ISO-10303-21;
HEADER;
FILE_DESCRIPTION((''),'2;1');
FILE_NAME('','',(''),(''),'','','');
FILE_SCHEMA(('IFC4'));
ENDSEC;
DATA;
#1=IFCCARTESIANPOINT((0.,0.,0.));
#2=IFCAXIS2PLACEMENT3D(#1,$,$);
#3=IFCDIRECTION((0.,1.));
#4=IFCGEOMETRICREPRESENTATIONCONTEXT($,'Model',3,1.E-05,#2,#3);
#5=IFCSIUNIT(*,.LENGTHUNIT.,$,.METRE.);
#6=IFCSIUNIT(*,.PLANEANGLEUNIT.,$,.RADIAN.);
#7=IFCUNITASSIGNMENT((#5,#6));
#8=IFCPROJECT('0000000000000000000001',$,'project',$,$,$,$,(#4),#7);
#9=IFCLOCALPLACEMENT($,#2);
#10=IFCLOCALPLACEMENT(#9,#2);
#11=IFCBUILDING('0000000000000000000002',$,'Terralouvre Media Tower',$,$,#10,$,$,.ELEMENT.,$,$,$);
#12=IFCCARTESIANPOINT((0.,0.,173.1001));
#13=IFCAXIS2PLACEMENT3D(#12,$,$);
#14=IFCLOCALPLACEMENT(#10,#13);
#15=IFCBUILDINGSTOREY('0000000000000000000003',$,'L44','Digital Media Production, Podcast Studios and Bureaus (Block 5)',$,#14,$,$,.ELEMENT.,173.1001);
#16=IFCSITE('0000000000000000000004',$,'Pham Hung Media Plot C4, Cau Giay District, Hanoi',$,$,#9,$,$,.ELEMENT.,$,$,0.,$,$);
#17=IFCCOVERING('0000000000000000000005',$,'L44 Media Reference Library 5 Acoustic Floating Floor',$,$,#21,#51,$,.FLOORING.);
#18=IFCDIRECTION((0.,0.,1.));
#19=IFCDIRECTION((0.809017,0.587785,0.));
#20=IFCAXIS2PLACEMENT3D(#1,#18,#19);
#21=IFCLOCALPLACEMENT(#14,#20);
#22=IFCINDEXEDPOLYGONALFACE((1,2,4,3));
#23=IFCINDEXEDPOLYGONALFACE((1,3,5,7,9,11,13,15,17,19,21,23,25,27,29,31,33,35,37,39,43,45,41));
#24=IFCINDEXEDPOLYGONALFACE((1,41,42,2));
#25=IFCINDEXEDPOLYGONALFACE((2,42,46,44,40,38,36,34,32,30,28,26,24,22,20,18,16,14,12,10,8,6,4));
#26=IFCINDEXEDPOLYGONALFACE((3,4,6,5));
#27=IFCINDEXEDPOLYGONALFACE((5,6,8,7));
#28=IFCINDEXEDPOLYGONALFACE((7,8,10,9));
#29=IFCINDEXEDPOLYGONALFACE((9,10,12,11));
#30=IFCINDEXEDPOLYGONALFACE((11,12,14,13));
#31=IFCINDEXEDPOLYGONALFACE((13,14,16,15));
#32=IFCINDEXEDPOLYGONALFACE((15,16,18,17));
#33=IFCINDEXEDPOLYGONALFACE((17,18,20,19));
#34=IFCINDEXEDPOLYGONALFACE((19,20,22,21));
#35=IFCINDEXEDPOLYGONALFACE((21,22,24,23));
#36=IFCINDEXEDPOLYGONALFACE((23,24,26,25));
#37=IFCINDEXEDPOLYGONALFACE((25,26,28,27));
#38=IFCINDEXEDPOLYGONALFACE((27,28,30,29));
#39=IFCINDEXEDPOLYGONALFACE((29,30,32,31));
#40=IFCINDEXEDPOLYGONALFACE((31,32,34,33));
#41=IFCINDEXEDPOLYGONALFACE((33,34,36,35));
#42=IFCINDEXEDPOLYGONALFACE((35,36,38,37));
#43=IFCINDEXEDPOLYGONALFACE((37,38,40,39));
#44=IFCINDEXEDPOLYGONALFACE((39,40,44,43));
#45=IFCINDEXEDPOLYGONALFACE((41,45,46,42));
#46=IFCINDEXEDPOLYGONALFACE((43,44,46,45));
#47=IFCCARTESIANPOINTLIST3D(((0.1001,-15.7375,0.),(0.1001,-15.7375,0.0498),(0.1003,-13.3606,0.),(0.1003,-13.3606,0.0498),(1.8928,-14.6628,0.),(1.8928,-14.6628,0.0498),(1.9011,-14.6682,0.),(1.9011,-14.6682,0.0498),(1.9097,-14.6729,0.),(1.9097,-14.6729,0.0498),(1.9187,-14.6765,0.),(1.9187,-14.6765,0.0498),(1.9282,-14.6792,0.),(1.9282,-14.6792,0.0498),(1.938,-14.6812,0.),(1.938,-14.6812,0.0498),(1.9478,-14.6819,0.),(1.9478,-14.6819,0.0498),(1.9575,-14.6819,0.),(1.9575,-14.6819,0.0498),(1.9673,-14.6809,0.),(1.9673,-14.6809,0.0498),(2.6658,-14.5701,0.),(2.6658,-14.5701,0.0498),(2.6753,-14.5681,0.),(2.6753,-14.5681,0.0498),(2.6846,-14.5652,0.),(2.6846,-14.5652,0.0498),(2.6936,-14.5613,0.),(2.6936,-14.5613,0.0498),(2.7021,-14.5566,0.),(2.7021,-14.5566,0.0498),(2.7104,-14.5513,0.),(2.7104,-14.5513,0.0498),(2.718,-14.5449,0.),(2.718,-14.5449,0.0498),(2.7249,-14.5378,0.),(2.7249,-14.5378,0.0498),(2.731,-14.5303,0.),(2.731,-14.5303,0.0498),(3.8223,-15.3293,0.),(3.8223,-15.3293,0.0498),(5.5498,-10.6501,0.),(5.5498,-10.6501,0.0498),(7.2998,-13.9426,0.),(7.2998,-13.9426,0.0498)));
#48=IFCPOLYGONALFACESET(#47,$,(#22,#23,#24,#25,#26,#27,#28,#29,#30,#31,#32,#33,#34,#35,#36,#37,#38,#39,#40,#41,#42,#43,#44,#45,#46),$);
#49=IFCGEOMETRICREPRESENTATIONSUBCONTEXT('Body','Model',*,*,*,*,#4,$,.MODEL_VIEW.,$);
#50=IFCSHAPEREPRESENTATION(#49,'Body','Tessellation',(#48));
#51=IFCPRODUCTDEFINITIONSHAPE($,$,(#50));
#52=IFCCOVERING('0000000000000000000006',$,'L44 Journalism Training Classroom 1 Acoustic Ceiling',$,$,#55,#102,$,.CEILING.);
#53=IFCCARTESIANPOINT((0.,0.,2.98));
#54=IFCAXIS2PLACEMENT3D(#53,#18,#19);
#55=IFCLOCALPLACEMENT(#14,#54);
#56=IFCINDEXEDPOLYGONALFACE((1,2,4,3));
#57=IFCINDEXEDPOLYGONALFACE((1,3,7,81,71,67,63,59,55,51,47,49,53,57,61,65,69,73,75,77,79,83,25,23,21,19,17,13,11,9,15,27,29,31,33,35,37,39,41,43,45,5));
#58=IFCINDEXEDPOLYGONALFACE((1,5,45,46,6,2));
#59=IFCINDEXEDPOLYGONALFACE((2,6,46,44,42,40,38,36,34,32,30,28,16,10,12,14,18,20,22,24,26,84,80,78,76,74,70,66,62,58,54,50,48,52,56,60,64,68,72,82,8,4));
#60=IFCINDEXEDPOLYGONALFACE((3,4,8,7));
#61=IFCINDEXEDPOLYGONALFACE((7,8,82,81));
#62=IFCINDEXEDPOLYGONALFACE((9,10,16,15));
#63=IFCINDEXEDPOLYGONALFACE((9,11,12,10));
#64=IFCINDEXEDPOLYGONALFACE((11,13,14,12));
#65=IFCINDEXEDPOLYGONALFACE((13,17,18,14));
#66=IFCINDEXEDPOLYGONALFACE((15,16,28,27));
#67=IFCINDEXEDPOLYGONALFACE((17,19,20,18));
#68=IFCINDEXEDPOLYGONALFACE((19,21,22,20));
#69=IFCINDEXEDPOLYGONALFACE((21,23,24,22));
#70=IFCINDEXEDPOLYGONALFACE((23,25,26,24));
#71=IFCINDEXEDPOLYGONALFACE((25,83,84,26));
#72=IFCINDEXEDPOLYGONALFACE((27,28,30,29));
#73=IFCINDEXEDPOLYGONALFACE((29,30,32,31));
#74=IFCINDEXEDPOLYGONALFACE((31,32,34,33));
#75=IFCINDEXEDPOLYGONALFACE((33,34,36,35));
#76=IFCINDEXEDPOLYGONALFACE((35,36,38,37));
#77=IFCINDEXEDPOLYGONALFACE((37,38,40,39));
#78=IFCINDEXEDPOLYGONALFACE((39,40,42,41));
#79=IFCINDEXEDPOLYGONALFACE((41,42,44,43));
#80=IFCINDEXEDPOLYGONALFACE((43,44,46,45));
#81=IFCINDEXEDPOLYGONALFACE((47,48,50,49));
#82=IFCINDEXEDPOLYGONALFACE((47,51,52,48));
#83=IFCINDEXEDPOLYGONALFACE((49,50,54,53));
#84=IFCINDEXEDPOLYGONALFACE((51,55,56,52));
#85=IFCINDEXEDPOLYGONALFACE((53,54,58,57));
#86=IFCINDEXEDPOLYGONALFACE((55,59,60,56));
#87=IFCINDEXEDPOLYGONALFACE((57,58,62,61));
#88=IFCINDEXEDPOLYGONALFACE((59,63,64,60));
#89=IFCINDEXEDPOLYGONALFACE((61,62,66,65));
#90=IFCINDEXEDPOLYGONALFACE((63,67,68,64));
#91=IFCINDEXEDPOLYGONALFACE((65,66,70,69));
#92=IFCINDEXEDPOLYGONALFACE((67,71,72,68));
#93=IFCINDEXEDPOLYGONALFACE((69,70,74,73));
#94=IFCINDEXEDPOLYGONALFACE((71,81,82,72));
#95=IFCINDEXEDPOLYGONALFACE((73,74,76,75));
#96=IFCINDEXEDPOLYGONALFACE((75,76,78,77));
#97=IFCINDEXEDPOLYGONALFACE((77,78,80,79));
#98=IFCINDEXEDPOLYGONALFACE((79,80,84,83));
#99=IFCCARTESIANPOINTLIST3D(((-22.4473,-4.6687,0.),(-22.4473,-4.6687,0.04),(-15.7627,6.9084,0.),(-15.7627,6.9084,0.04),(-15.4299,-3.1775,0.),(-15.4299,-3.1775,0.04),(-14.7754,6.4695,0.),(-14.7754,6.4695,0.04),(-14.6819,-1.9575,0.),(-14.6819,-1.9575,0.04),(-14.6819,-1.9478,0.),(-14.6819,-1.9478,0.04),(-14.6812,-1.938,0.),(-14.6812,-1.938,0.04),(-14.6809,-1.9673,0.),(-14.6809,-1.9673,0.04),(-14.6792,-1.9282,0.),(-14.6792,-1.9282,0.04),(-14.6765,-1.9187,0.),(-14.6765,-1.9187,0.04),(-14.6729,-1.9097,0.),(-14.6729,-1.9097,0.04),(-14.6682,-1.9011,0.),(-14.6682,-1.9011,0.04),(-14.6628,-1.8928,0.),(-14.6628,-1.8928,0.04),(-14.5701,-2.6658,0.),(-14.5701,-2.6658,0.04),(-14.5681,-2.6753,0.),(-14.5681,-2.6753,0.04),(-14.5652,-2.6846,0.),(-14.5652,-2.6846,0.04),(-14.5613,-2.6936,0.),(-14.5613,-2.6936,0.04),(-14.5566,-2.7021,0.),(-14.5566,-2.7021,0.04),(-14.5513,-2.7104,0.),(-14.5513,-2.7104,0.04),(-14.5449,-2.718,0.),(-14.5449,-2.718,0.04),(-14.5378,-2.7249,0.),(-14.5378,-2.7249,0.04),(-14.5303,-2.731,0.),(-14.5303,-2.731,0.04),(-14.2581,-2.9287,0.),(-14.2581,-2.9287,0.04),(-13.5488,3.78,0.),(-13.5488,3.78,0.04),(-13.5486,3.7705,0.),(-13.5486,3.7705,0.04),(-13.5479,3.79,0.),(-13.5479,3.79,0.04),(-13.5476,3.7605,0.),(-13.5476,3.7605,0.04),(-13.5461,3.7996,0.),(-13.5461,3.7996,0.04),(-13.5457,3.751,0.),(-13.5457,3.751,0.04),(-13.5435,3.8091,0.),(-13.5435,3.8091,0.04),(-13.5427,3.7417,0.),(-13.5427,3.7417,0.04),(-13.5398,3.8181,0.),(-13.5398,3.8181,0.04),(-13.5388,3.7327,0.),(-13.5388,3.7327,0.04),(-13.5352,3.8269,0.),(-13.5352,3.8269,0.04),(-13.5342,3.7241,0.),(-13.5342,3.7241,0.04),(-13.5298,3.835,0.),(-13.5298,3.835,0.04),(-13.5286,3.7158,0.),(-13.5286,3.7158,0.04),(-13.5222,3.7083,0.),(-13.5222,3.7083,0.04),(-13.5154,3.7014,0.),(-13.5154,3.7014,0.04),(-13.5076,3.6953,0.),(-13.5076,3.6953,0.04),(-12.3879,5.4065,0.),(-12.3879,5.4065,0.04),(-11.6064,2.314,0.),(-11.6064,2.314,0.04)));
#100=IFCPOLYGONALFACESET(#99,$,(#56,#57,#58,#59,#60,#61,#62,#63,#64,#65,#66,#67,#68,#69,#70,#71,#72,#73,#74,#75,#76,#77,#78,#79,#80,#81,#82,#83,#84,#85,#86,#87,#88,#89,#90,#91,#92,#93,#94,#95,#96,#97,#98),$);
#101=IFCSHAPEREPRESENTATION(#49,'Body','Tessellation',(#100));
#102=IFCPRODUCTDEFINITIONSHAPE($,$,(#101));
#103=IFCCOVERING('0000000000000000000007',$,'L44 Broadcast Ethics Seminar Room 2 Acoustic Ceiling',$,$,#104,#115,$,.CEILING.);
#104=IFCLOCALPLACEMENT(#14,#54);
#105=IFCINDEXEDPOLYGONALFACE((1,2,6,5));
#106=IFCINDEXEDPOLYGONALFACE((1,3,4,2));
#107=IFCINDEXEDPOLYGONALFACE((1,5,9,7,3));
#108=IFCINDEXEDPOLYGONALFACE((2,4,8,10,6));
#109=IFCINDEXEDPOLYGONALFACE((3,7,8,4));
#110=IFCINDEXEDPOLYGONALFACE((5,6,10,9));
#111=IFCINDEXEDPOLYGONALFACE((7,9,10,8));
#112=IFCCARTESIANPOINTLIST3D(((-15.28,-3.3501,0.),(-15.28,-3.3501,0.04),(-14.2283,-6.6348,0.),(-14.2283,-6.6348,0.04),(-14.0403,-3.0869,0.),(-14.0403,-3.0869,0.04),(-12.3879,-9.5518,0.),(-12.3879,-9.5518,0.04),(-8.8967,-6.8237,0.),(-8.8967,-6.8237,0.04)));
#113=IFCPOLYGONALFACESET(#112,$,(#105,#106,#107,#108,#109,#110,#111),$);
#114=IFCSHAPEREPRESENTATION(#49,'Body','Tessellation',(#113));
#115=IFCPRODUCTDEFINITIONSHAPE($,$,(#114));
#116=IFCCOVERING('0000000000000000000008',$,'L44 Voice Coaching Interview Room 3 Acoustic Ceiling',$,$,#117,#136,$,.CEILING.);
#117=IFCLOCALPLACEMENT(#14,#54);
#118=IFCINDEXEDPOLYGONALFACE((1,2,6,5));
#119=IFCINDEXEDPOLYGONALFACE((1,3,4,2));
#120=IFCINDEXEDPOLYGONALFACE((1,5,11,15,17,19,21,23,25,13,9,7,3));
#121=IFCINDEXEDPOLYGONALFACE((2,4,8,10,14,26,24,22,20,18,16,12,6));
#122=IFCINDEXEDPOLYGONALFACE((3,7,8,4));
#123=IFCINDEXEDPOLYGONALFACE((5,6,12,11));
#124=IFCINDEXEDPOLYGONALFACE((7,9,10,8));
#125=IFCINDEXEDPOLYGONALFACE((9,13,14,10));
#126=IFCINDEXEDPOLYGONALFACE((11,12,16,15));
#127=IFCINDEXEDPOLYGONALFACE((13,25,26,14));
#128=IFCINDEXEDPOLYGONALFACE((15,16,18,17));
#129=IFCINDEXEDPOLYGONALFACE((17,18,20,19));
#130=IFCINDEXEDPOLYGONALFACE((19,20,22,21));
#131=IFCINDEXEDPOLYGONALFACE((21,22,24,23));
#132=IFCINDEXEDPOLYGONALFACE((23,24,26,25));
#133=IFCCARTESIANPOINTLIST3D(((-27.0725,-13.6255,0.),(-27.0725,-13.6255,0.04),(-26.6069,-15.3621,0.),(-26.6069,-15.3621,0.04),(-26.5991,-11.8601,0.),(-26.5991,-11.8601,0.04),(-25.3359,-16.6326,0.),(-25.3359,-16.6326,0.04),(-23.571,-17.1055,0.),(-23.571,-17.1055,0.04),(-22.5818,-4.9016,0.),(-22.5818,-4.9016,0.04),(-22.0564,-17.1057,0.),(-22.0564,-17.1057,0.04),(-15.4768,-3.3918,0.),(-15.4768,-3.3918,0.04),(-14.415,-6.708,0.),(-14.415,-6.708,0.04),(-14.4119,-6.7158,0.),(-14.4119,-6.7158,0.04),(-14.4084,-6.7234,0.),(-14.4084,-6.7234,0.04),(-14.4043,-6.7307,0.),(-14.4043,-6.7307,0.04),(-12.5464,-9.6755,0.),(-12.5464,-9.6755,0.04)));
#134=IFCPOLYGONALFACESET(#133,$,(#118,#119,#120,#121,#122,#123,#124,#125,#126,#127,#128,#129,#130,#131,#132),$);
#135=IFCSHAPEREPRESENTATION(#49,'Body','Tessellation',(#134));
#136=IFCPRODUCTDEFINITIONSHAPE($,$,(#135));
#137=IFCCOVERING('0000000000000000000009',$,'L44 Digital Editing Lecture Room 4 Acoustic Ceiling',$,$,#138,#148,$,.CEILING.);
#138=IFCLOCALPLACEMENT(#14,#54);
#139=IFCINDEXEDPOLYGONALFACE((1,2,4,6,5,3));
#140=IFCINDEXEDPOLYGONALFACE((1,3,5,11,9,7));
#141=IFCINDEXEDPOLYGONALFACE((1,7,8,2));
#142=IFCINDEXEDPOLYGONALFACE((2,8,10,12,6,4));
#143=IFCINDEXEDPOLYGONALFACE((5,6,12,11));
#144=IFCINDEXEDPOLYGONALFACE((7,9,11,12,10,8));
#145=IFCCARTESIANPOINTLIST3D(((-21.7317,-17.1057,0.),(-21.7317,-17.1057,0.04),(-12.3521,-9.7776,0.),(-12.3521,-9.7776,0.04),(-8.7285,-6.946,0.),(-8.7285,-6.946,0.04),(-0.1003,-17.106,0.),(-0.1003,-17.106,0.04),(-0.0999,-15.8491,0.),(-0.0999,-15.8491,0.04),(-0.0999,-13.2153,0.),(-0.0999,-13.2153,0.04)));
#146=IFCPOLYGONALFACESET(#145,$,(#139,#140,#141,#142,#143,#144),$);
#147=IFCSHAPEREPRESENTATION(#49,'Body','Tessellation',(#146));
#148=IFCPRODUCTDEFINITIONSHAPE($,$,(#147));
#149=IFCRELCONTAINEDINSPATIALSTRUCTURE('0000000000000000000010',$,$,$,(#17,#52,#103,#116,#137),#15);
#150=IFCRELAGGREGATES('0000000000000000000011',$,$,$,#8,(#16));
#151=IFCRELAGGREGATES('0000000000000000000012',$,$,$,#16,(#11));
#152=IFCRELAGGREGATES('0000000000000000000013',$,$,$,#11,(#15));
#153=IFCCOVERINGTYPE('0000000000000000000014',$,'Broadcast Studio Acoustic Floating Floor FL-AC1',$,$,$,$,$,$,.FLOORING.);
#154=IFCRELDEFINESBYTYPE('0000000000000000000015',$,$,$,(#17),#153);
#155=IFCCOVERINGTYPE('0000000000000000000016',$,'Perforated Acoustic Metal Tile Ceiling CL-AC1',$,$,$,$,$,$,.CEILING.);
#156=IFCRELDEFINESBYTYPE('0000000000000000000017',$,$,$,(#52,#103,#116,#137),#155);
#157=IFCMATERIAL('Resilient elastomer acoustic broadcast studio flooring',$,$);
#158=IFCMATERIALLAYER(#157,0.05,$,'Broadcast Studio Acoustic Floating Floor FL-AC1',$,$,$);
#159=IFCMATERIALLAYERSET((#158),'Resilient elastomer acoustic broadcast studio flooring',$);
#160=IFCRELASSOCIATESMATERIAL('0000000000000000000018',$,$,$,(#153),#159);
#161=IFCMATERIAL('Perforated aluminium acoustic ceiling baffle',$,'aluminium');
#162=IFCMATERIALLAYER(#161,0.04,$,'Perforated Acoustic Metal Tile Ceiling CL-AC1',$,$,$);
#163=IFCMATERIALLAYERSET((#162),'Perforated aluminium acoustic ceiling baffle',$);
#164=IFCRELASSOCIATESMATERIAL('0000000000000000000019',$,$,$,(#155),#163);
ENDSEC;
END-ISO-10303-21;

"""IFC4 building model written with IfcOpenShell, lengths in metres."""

from ifc_helpers import new_model, si_unit, direction, frame, origin, place, context, subcontext, project, spatial, polyline, outline, extrude, material, layer, layer_set, type_object, element, save


model = new_model("IFC4")

# Units and contexts
model_context = context("Model", 3, precision=1e-05, world=origin(), true_north=direction((0.0, 1.0)))
body_context = subcontext(model_context, "Body", "Model", "MODEL_VIEW")
ifc_project = project(units=[si_unit("LENGTHUNIT", "METRE"), si_unit("PLANEANGLEUNIT", "RADIAN")], contexts=[model_context])

# Site, building, storey
site_placement = place(None, origin())
site = spatial("IfcSite", under=ifc_project, at=site_placement, Name="Pham Hung Media Plot C4, Cau Giay District, Hanoi", CompositionType="ELEMENT", RefElevation=0.0)
building_placement = place(site_placement, origin())
building = spatial("IfcBuilding", under=site, at=building_placement, Name="Terralouvre Media Tower", CompositionType="ELEMENT")
storey_placement = place(building_placement, frame((0.0, 0.0, 173.1001)))
storey = spatial("IfcBuildingStorey", under=building, at=storey_placement, Name="L44", Description="Digital Media Production, Podcast Studios and Bureaus (Block 5)", CompositionType="ELEMENT", Elevation=173.1001)

# Coverings
ifc_material_1 = material(Name="Resilient elastomer acoustic broadcast studio flooring")
ifc_layer_1 = layer(ifc_material_1, 0.05, Name="Broadcast Studio Acoustic Floating Floor FL-AC1")
ifc_layer_set_1 = layer_set([ifc_layer_1], Name="Resilient elastomer acoustic broadcast studio flooring")
covering_type_1 = type_object("IfcCoveringType", Name="Broadcast Studio Acoustic Floating Floor FL-AC1", PredefinedType="FLOORING", material=ifc_layer_set_1)
covering_1_placement = place(storey_placement, frame((0.0, 0.0, 0.0), z_axis=(0.0, 0.0, 1.0), x_axis=(0.809017, 0.587785, 0.0)))
element("IfcCovering", 1, at=covering_1_placement, inside=storey, type_object=covering_type_1, Name="L44 Media Reference Library 5 Acoustic Floating Floor", PredefinedType="FLOORING", context=body_context, shape_type="SweptSolid", body=[
    extrude(outline(polyline([(3.8223, -15.3293), (7.2998, -13.9426), (5.5498, -10.6501), (2.731, -14.5303), (2.7249, -14.5378), (2.718, -14.5449), (2.7104, -14.5513), (2.7021, -14.5566), (2.6936, -14.5613), (2.6846, -14.5652), (2.6753, -14.5681), (2.6658, -14.5701), (1.9673, -14.6809), (1.9575, -14.6819), (1.9478, -14.6819), (1.938, -14.6812), (1.9282, -14.6792), (1.9187, -14.6765), (1.9097, -14.6729), (1.9011, -14.6682), (1.8928, -14.6628), (0.1003, -13.3606), (0.1001, -15.7375), (3.8223, -15.3293)])), origin(), (0.0, 0.0, 1.0), 0.0498),
])
ifc_material_2 = material(Name="Perforated aluminium acoustic ceiling baffle", Category="aluminium")
ifc_layer_2 = layer(ifc_material_2, 0.04, Name="Perforated Acoustic Metal Tile Ceiling CL-AC1")
ifc_layer_set_2 = layer_set([ifc_layer_2], Name="Perforated aluminium acoustic ceiling baffle")
covering_type_2 = type_object("IfcCoveringType", Name="Perforated Acoustic Metal Tile Ceiling CL-AC1", PredefinedType="CEILING", material=ifc_layer_set_2)
covering_2_placement = place(storey_placement, frame((0.0, 0.0, 2.98), z_axis=(0.0, 0.0, 1.0), x_axis=(0.809017, 0.587785, 0.0)))
element("IfcCovering", 2, at=covering_2_placement, inside=storey, type_object=covering_type_2, Name="L44 Journalism Training Classroom 1 Acoustic Ceiling", PredefinedType="CEILING", context=body_context, shape_type="SweptSolid", body=[
    extrude(outline(polyline([(-14.2581, -2.9287), (-14.5303, -2.731), (-14.5378, -2.7249), (-14.5449, -2.718), (-14.5513, -2.7104), (-14.5566, -2.7021), (-14.5613, -2.6936), (-14.5652, -2.6846), (-14.5681, -2.6753), (-14.5701, -2.6658), (-14.6809, -1.9673), (-14.6819, -1.9575), (-14.6819, -1.9478), (-14.6812, -1.938), (-14.6792, -1.9282), (-14.6765, -1.9187), (-14.6729, -1.9097), (-14.6682, -1.9011), (-14.6628, -1.8928), (-11.6064, 2.314), (-13.5076, 3.6953), (-13.5154, 3.7014), (-13.5222, 3.7083), (-13.5286, 3.7158), (-13.5342, 3.7241), (-13.5388, 3.7327), (-13.5427, 3.7417), (-13.5457, 3.751), (-13.5476, 3.7605), (-13.5486, 3.7705), (-13.5488, 3.78), (-13.5479, 3.79), (-13.5461, 3.7996), (-13.5435, 3.8091), (-13.5398, 3.8181), (-13.5352, 3.8269), (-13.5298, 3.835), (-12.3879, 5.4065), (-14.7754, 6.4695), (-15.7627, 6.9084), (-22.4473, -4.6687), (-15.4299, -3.1775), (-14.2581, -2.9287)])), origin(), (0.0, 0.0, 1.0), 0.04),
])
covering_3_placement = place(storey_placement, frame((0.0, 0.0, 2.98), z_axis=(0.0, 0.0, 1.0), x_axis=(0.809017, 0.587785, 0.0)))
element("IfcCovering", 3, at=covering_3_placement, inside=storey, type_object=covering_type_2, Name="L44 Broadcast Ethics Seminar Room 2 Acoustic Ceiling", PredefinedType="CEILING", context=body_context, shape_type="SweptSolid", body=[
    extrude(outline(polyline([(-14.2283, -6.6348), (-12.3879, -9.5518), (-8.8967, -6.8237), (-14.0403, -3.0869), (-15.28, -3.3501), (-14.2283, -6.6348)])), origin(), (0.0, 0.0, 1.0), 0.04),
])
covering_4_placement = place(storey_placement, frame((0.0, 0.0, 2.98), z_axis=(0.0, 0.0, 1.0), x_axis=(0.809017, 0.587785, 0.0)))
element("IfcCovering", 4, at=covering_4_placement, inside=storey, type_object=covering_type_2, Name="L44 Voice Coaching Interview Room 3 Acoustic Ceiling", PredefinedType="CEILING", context=body_context, shape_type="SweptSolid", body=[
    extrude(outline(polyline([(-14.4043, -6.7307), (-14.4084, -6.7234), (-14.4119, -6.7158), (-14.415, -6.708), (-15.4768, -3.3918), (-22.5818, -4.9016), (-26.5991, -11.8601), (-27.0725, -13.6255), (-26.6069, -15.3621), (-25.3359, -16.6326), (-23.571, -17.1055), (-22.0564, -17.1057), (-12.5464, -9.6755), (-14.4043, -6.7307)])), origin(), (0.0, 0.0, 1.0), 0.04),
])
covering_5_placement = place(storey_placement, frame((0.0, 0.0, 2.98), z_axis=(0.0, 0.0, 1.0), x_axis=(0.809017, 0.587785, 0.0)))
element("IfcCovering", 5, at=covering_5_placement, inside=storey, type_object=covering_type_2, Name="L44 Digital Editing Lecture Room 4 Acoustic Ceiling", PredefinedType="CEILING", context=body_context, shape_type="SweptSolid", body=[
    extrude(outline(polyline([(-0.0999, -13.2153), (-8.7285, -6.946), (-12.3521, -9.7776), (-21.7317, -17.1057), (-0.1003, -17.106), (-0.0999, -15.8491), (-0.0999, -13.2153)])), origin(), (0.0, 0.0, 1.0), 0.04),
])

save(model, "model.ifc")
